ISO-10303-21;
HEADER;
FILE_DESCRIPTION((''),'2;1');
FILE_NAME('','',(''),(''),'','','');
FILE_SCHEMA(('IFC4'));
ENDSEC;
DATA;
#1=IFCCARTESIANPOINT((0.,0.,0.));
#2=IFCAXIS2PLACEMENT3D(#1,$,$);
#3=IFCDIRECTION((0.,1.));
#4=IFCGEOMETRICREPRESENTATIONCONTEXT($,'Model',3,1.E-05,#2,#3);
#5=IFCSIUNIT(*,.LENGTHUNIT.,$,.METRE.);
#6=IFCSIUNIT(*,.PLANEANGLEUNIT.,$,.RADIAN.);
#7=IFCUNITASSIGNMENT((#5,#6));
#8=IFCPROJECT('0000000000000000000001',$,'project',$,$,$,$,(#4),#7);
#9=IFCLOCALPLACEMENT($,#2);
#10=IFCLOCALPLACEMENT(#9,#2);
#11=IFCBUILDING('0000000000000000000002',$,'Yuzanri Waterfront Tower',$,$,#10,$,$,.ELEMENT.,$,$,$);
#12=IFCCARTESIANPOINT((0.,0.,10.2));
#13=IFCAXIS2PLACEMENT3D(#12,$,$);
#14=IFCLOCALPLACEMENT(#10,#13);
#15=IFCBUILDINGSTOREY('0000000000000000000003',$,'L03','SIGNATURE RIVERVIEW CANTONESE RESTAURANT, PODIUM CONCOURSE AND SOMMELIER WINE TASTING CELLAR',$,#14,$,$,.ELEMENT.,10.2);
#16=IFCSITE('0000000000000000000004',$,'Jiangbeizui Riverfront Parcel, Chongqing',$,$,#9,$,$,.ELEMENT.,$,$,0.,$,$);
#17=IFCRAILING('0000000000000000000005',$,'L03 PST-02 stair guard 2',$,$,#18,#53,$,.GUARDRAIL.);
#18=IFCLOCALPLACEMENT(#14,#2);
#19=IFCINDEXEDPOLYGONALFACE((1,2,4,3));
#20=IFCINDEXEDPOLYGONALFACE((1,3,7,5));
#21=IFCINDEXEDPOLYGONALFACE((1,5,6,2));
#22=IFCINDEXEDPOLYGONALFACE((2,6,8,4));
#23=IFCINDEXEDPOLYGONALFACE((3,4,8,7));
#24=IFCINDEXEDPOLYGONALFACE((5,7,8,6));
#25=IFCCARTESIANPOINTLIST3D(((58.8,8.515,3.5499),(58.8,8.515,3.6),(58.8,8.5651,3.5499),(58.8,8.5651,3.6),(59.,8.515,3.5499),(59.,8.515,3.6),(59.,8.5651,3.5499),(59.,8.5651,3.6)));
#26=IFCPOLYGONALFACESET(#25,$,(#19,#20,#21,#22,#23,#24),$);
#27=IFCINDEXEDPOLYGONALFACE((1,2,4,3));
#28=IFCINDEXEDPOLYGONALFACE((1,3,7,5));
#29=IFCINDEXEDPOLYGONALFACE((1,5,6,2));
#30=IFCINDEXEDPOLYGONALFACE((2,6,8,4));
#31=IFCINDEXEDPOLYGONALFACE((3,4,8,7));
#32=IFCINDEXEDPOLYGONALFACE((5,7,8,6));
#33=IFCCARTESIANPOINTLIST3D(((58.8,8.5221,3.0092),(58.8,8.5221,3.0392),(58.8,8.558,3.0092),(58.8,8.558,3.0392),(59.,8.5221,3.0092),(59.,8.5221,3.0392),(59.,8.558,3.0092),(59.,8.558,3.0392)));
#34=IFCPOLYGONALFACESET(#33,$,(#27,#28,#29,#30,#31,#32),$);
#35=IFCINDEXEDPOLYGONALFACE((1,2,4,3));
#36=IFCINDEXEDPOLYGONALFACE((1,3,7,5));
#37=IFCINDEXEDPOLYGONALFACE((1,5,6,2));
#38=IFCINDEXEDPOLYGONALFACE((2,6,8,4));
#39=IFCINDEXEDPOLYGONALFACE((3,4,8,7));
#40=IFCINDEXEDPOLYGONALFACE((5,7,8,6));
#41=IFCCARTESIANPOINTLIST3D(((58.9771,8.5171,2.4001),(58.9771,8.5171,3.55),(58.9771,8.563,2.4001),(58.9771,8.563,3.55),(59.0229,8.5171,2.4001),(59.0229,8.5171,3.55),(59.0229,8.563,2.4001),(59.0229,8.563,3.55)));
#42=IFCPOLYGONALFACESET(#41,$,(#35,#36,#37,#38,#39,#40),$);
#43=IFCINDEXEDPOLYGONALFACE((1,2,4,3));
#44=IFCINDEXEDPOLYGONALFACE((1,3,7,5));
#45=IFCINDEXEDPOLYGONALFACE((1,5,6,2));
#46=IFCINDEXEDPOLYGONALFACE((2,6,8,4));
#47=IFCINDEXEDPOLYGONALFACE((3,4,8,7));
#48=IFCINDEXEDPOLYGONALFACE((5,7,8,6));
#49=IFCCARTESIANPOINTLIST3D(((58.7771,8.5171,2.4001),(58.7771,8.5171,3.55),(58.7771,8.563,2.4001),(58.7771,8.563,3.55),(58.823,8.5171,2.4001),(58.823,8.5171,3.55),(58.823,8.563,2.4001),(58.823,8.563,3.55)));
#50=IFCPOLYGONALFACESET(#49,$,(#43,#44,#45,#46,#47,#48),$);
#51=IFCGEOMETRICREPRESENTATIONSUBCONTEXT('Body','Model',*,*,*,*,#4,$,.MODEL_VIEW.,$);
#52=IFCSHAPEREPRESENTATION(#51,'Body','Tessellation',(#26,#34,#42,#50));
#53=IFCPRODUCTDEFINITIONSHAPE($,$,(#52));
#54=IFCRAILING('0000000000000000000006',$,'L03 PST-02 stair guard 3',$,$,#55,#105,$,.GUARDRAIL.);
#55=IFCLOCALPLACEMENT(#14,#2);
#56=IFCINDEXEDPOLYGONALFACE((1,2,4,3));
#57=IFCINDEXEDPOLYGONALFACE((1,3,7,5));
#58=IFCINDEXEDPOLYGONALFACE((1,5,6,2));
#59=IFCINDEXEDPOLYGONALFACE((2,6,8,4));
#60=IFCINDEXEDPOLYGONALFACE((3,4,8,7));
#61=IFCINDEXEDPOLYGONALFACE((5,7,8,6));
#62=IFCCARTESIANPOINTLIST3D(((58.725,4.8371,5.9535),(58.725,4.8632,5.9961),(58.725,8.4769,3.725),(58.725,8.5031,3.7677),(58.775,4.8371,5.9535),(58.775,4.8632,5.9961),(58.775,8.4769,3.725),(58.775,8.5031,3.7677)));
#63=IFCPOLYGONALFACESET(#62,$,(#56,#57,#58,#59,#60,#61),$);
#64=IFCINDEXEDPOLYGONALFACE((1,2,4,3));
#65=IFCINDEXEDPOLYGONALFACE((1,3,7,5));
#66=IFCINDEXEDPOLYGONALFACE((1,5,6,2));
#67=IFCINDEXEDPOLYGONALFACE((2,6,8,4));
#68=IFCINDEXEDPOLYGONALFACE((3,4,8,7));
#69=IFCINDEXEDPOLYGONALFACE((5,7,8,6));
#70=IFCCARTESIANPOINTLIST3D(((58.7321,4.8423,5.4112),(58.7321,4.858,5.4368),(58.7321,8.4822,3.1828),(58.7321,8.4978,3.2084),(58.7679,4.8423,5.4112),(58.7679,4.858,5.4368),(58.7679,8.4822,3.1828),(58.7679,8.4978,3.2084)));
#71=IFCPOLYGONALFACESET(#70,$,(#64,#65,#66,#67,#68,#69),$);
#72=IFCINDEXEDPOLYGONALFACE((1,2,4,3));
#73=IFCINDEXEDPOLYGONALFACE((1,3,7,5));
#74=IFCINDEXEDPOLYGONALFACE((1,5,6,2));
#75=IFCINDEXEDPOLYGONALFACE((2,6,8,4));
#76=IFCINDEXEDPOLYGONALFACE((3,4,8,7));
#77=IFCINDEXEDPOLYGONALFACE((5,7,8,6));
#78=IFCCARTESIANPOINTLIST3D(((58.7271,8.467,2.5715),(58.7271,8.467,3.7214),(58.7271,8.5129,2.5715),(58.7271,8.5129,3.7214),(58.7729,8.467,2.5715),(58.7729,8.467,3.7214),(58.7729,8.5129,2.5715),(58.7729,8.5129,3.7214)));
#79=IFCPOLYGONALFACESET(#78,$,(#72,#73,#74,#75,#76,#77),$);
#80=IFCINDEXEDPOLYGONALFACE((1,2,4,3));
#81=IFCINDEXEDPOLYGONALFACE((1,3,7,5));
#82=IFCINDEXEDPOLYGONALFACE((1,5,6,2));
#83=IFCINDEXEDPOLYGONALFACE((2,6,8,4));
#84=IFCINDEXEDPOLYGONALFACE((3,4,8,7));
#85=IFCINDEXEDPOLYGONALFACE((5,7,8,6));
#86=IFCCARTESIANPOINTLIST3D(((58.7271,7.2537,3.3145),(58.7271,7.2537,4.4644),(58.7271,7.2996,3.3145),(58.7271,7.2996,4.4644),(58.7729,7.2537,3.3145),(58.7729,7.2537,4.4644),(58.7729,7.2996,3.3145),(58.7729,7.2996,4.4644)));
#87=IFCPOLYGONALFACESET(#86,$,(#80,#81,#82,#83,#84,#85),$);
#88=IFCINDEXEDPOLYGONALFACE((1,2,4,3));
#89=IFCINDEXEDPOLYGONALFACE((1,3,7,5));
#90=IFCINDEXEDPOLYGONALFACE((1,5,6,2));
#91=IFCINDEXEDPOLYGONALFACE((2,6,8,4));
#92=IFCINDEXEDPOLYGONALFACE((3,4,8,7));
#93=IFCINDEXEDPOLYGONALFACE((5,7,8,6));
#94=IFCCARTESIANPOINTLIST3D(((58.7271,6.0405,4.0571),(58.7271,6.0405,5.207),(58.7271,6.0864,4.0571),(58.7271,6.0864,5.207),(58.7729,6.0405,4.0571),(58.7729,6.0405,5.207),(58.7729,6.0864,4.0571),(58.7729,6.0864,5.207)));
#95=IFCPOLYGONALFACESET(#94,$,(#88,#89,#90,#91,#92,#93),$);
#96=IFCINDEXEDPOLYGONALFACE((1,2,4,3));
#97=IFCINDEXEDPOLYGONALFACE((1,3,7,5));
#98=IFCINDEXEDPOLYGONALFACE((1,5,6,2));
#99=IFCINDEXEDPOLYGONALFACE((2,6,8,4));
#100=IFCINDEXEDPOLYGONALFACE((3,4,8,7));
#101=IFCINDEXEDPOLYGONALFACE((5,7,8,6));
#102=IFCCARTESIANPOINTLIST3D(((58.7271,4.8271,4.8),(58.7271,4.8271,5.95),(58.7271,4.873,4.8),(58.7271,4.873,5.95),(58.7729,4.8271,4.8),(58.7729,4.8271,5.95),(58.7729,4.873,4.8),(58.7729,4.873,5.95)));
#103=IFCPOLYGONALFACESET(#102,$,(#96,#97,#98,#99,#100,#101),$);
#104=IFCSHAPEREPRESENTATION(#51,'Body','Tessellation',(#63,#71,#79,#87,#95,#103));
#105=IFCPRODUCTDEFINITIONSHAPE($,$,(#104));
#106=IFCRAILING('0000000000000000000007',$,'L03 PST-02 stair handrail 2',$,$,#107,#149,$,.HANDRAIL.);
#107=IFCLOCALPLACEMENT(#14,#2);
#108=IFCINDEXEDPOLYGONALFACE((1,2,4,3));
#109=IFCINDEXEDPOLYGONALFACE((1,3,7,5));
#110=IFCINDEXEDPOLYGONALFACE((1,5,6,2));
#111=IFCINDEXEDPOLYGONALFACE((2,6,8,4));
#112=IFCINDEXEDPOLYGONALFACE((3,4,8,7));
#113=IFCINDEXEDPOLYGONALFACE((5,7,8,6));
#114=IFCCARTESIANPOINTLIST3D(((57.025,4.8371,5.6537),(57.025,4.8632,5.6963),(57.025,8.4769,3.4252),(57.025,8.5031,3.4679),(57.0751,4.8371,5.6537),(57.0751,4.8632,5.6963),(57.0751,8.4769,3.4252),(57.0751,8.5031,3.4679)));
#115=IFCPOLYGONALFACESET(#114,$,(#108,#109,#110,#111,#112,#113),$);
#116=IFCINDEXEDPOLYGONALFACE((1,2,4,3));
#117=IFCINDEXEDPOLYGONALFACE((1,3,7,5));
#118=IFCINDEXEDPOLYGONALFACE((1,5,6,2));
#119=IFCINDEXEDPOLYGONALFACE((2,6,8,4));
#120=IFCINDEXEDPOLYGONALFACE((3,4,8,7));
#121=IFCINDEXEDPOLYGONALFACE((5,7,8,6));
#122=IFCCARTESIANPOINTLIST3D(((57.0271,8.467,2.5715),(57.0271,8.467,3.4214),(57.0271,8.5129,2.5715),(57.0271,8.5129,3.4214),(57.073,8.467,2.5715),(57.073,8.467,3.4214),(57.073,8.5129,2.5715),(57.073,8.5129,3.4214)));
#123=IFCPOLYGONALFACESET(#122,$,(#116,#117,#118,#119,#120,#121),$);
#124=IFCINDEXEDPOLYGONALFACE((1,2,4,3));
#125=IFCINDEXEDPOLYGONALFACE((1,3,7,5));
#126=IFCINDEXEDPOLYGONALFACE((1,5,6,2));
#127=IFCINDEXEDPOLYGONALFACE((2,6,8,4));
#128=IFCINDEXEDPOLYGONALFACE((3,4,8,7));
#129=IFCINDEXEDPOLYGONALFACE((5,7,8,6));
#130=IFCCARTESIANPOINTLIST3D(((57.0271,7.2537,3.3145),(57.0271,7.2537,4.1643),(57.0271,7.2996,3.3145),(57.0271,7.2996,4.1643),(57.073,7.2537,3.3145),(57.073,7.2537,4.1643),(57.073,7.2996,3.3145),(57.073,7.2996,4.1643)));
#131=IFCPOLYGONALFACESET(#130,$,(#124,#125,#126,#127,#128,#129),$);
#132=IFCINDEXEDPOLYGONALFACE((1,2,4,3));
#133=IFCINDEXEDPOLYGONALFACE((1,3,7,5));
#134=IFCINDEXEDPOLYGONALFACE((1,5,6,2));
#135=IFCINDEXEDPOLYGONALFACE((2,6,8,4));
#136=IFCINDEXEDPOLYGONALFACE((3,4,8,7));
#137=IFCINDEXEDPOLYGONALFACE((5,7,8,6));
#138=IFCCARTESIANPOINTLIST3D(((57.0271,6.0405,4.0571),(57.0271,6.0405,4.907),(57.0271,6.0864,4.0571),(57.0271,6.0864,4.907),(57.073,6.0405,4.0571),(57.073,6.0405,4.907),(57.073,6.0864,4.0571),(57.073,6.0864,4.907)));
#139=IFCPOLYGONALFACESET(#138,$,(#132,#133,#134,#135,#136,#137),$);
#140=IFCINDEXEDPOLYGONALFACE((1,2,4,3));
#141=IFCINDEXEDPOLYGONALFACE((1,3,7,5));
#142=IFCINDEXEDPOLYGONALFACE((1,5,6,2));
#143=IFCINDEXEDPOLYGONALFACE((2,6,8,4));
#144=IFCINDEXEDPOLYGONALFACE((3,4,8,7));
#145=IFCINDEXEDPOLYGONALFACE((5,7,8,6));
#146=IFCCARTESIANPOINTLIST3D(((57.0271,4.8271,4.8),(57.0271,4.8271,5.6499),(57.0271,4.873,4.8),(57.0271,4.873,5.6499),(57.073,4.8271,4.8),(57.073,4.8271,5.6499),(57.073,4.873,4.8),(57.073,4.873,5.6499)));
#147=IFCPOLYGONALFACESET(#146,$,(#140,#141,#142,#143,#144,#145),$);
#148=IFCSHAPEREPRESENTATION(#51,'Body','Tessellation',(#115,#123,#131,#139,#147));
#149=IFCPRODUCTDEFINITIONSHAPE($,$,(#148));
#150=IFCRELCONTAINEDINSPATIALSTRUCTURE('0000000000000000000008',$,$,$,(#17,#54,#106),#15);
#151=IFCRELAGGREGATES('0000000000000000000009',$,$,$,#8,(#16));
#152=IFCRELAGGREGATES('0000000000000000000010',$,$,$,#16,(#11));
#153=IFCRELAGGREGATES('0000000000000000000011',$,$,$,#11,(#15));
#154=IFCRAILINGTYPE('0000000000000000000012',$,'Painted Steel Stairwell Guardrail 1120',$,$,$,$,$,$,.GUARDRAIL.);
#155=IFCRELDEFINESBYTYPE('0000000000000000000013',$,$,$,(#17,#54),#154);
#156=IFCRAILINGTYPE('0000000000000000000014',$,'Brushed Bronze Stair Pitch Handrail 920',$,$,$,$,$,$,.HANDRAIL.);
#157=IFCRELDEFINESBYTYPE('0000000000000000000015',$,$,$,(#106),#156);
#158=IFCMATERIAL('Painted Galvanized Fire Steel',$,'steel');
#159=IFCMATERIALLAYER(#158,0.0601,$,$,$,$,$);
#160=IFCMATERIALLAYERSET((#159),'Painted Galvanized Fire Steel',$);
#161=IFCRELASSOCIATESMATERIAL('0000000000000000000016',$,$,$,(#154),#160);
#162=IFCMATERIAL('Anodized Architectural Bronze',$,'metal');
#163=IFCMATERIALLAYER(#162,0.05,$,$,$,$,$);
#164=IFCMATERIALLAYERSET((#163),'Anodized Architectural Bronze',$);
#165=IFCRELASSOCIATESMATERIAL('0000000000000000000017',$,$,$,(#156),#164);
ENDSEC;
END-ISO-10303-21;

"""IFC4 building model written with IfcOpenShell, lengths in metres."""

from ifc_helpers import new_model, si_unit, direction, frame, origin, origin_2d, place, context, subcontext, project, spatial, rectangle, extrude, source, transform, mapped, material, layer, layer_set, type_object, element, save


model = new_model("IFC4")

# Units and contexts
model_context = context("Model", 3, precision=1e-05, world=origin(), true_north=direction((0.0, 1.0)))
body_context = subcontext(model_context, "Body", "Model", "MODEL_VIEW")
ifc_project = project(units=[si_unit("LENGTHUNIT", "METRE"), si_unit("PLANEANGLEUNIT", "RADIAN")], contexts=[model_context])

# Site, building, storey
site_placement = place(None, origin())
site = spatial("IfcSite", under=ifc_project, at=site_placement, Name="Jiangbeizui Riverfront Parcel, Chongqing", CompositionType="ELEMENT", RefElevation=0.0)
building_placement = place(site_placement, origin())
building = spatial("IfcBuilding", under=site, at=building_placement, Name="Yuzanri Waterfront Tower", CompositionType="ELEMENT")
storey_placement = place(building_placement, frame((0.0, 0.0, 10.2)))
storey = spatial("IfcBuildingStorey", under=building, at=storey_placement, Name="L03", Description="SIGNATURE RIVERVIEW CANTONESE RESTAURANT, PODIUM CONCOURSE AND SOMMELIER WINE TASTING CELLAR", CompositionType="ELEMENT", Elevation=10.2)

# Railings
ifc_material_1 = material(Name="Painted Galvanized Fire Steel", Category="steel")
ifc_layer_1 = layer(ifc_material_1, 0.0601)
ifc_layer_set_1 = layer_set([ifc_layer_1], Name="Painted Galvanized Fire Steel")
railing_type_1 = type_object("IfcRailingType", Name="Painted Steel Stairwell Guardrail 1120", PredefinedType="GUARDRAIL", material=ifc_layer_set_1)
shared_shape_1 = source(origin(), body_context, "Body", "SweptSolid", [
    extrude(rectangle(XDim=0.05, YDim=0.05, at=origin_2d()), frame((0.0, 0.0, 1.1748), z_axis=(-1.0, 0.0, 0.0), x_axis=(0.0, -1.0, 0.0)), (0.0, 0.0, 1.0), 0.2),
    extrude(rectangle(XDim=0.0359, YDim=0.03, at=origin_2d()), frame((0.0, 0.0, 0.624), z_axis=(-1.0, 0.0, 0.0), x_axis=(0.0, -1.0, 0.0)), (0.0, 0.0, 1.0), 0.2),
    extrude(rectangle(XDim=0.0459, YDim=0.0459, at=origin_2d()), origin(), (0.0, 0.0, 1.0), 1.1499),
    extrude(rectangle(XDim=0.0459, YDim=0.0459, at=origin_2d()), frame((-0.2, 0.0, 0.0)), (0.0, 0.0, 1.0), 1.1499),
])
railing_1_placement = place(storey_placement, frame((59.0, 8.54, 2.4001)))
element("IfcRailing", 1, at=railing_1_placement, inside=storey, type_object=railing_type_1, Name="L03 PST-02 stair guard 2", PredefinedType="GUARDRAIL", context=body_context, shape_type="MappedRepresentation", body=[
    mapped(shared_shape_1, transform((0.0, 0.0, 0.0), scale=1.0)),
])
shared_shape_2 = source(origin(), body_context, "Body", "SweptSolid", [
    extrude(rectangle(XDim=0.05, YDim=0.05, at=origin_2d()), frame((0.0, 0.0, 1.1748), z_axis=(0.0, -0.85285, 0.522156), x_axis=(1.0, 0.0, 0.0)), (0.0, 0.0, 1.0), 4.2678),
    extrude(rectangle(XDim=0.0359, YDim=0.03, at=origin_2d()), frame((0.0, 0.0, 0.624), z_axis=(0.0, -0.85285, 0.522156), x_axis=(1.0, 0.0, 0.0)), (0.0, 0.0, 1.0), 4.2678),
    extrude(rectangle(XDim=0.0459, YDim=0.0459, at=origin_2d()), origin(), (0.0, 0.0, 1.0), 1.1499),
    extrude(rectangle(XDim=0.0459, YDim=0.0459, at=origin_2d()), frame((0.0, -1.2134, 0.7429)), (0.0, 0.0, 1.0), 1.1499),
    extrude(rectangle(XDim=0.0459, YDim=0.0459, at=origin_2d()), frame((0.0, -2.4265, 1.4856)), (0.0, 0.0, 1.0), 1.1499),
    extrude(rectangle(XDim=0.0459, YDim=0.0459, at=origin_2d()), frame((0.0, -3.6399, 2.2285)), (0.0, 0.0, 1.0), 1.1499),
])
railing_2_placement = place(storey_placement, frame((58.75, 8.49, 2.5715)))
element("IfcRailing", 2, at=railing_2_placement, inside=storey, type_object=railing_type_1, Name="L03 PST-02 stair guard 3", PredefinedType="GUARDRAIL", context=body_context, shape_type="MappedRepresentation", body=[
    mapped(shared_shape_2, transform((0.0, 0.0, 0.0), scale=1.0)),
])
ifc_material_2 = material(Name="Anodized Architectural Bronze", Category="metal")
ifc_layer_2 = layer(ifc_material_2, 0.05)
ifc_layer_set_2 = layer_set([ifc_layer_2], Name="Anodized Architectural Bronze")
railing_type_2 = type_object("IfcRailingType", Name="Brushed Bronze Stair Pitch Handrail 920", PredefinedType="HANDRAIL", material=ifc_layer_set_2)
shared_shape_3 = source(origin(), body_context, "Body", "SweptSolid", [
    extrude(rectangle(XDim=0.05, YDim=0.05, at=origin_2d()), frame((0.0, 0.0, 0.875), z_axis=(0.0, -0.85285, 0.522156), x_axis=(1.0, 0.0, 0.0)), (0.0, 0.0, 1.0), 4.2678),
    extrude(rectangle(XDim=0.0459, YDim=0.0459, at=origin_2d()), origin(), (0.0, 0.0, 1.0), 0.8499),
    extrude(rectangle(XDim=0.0459, YDim=0.0459, at=origin_2d()), frame((0.0, -1.2134, 0.7429)), (0.0, 0.0, 1.0), 0.8499),
    extrude(rectangle(XDim=0.0459, YDim=0.0459, at=origin_2d()), frame((0.0, -2.4265, 1.4856)), (0.0, 0.0, 1.0), 0.8499),
    extrude(rectangle(XDim=0.0459, YDim=0.0459, at=origin_2d()), frame((0.0, -3.6399, 2.2285)), (0.0, 0.0, 1.0), 0.8499),
])
railing_3_placement = place(storey_placement, frame((57.05, 8.49, 2.5715)))
element("IfcRailing", 3, at=railing_3_placement, inside=storey, type_object=railing_type_2, Name="L03 PST-02 stair handrail 2", PredefinedType="HANDRAIL", context=body_context, shape_type="MappedRepresentation", body=[
    mapped(shared_shape_3, transform((0.0, 0.0, 0.0), scale=1.0)),
])

save(model, "model.ifc")
